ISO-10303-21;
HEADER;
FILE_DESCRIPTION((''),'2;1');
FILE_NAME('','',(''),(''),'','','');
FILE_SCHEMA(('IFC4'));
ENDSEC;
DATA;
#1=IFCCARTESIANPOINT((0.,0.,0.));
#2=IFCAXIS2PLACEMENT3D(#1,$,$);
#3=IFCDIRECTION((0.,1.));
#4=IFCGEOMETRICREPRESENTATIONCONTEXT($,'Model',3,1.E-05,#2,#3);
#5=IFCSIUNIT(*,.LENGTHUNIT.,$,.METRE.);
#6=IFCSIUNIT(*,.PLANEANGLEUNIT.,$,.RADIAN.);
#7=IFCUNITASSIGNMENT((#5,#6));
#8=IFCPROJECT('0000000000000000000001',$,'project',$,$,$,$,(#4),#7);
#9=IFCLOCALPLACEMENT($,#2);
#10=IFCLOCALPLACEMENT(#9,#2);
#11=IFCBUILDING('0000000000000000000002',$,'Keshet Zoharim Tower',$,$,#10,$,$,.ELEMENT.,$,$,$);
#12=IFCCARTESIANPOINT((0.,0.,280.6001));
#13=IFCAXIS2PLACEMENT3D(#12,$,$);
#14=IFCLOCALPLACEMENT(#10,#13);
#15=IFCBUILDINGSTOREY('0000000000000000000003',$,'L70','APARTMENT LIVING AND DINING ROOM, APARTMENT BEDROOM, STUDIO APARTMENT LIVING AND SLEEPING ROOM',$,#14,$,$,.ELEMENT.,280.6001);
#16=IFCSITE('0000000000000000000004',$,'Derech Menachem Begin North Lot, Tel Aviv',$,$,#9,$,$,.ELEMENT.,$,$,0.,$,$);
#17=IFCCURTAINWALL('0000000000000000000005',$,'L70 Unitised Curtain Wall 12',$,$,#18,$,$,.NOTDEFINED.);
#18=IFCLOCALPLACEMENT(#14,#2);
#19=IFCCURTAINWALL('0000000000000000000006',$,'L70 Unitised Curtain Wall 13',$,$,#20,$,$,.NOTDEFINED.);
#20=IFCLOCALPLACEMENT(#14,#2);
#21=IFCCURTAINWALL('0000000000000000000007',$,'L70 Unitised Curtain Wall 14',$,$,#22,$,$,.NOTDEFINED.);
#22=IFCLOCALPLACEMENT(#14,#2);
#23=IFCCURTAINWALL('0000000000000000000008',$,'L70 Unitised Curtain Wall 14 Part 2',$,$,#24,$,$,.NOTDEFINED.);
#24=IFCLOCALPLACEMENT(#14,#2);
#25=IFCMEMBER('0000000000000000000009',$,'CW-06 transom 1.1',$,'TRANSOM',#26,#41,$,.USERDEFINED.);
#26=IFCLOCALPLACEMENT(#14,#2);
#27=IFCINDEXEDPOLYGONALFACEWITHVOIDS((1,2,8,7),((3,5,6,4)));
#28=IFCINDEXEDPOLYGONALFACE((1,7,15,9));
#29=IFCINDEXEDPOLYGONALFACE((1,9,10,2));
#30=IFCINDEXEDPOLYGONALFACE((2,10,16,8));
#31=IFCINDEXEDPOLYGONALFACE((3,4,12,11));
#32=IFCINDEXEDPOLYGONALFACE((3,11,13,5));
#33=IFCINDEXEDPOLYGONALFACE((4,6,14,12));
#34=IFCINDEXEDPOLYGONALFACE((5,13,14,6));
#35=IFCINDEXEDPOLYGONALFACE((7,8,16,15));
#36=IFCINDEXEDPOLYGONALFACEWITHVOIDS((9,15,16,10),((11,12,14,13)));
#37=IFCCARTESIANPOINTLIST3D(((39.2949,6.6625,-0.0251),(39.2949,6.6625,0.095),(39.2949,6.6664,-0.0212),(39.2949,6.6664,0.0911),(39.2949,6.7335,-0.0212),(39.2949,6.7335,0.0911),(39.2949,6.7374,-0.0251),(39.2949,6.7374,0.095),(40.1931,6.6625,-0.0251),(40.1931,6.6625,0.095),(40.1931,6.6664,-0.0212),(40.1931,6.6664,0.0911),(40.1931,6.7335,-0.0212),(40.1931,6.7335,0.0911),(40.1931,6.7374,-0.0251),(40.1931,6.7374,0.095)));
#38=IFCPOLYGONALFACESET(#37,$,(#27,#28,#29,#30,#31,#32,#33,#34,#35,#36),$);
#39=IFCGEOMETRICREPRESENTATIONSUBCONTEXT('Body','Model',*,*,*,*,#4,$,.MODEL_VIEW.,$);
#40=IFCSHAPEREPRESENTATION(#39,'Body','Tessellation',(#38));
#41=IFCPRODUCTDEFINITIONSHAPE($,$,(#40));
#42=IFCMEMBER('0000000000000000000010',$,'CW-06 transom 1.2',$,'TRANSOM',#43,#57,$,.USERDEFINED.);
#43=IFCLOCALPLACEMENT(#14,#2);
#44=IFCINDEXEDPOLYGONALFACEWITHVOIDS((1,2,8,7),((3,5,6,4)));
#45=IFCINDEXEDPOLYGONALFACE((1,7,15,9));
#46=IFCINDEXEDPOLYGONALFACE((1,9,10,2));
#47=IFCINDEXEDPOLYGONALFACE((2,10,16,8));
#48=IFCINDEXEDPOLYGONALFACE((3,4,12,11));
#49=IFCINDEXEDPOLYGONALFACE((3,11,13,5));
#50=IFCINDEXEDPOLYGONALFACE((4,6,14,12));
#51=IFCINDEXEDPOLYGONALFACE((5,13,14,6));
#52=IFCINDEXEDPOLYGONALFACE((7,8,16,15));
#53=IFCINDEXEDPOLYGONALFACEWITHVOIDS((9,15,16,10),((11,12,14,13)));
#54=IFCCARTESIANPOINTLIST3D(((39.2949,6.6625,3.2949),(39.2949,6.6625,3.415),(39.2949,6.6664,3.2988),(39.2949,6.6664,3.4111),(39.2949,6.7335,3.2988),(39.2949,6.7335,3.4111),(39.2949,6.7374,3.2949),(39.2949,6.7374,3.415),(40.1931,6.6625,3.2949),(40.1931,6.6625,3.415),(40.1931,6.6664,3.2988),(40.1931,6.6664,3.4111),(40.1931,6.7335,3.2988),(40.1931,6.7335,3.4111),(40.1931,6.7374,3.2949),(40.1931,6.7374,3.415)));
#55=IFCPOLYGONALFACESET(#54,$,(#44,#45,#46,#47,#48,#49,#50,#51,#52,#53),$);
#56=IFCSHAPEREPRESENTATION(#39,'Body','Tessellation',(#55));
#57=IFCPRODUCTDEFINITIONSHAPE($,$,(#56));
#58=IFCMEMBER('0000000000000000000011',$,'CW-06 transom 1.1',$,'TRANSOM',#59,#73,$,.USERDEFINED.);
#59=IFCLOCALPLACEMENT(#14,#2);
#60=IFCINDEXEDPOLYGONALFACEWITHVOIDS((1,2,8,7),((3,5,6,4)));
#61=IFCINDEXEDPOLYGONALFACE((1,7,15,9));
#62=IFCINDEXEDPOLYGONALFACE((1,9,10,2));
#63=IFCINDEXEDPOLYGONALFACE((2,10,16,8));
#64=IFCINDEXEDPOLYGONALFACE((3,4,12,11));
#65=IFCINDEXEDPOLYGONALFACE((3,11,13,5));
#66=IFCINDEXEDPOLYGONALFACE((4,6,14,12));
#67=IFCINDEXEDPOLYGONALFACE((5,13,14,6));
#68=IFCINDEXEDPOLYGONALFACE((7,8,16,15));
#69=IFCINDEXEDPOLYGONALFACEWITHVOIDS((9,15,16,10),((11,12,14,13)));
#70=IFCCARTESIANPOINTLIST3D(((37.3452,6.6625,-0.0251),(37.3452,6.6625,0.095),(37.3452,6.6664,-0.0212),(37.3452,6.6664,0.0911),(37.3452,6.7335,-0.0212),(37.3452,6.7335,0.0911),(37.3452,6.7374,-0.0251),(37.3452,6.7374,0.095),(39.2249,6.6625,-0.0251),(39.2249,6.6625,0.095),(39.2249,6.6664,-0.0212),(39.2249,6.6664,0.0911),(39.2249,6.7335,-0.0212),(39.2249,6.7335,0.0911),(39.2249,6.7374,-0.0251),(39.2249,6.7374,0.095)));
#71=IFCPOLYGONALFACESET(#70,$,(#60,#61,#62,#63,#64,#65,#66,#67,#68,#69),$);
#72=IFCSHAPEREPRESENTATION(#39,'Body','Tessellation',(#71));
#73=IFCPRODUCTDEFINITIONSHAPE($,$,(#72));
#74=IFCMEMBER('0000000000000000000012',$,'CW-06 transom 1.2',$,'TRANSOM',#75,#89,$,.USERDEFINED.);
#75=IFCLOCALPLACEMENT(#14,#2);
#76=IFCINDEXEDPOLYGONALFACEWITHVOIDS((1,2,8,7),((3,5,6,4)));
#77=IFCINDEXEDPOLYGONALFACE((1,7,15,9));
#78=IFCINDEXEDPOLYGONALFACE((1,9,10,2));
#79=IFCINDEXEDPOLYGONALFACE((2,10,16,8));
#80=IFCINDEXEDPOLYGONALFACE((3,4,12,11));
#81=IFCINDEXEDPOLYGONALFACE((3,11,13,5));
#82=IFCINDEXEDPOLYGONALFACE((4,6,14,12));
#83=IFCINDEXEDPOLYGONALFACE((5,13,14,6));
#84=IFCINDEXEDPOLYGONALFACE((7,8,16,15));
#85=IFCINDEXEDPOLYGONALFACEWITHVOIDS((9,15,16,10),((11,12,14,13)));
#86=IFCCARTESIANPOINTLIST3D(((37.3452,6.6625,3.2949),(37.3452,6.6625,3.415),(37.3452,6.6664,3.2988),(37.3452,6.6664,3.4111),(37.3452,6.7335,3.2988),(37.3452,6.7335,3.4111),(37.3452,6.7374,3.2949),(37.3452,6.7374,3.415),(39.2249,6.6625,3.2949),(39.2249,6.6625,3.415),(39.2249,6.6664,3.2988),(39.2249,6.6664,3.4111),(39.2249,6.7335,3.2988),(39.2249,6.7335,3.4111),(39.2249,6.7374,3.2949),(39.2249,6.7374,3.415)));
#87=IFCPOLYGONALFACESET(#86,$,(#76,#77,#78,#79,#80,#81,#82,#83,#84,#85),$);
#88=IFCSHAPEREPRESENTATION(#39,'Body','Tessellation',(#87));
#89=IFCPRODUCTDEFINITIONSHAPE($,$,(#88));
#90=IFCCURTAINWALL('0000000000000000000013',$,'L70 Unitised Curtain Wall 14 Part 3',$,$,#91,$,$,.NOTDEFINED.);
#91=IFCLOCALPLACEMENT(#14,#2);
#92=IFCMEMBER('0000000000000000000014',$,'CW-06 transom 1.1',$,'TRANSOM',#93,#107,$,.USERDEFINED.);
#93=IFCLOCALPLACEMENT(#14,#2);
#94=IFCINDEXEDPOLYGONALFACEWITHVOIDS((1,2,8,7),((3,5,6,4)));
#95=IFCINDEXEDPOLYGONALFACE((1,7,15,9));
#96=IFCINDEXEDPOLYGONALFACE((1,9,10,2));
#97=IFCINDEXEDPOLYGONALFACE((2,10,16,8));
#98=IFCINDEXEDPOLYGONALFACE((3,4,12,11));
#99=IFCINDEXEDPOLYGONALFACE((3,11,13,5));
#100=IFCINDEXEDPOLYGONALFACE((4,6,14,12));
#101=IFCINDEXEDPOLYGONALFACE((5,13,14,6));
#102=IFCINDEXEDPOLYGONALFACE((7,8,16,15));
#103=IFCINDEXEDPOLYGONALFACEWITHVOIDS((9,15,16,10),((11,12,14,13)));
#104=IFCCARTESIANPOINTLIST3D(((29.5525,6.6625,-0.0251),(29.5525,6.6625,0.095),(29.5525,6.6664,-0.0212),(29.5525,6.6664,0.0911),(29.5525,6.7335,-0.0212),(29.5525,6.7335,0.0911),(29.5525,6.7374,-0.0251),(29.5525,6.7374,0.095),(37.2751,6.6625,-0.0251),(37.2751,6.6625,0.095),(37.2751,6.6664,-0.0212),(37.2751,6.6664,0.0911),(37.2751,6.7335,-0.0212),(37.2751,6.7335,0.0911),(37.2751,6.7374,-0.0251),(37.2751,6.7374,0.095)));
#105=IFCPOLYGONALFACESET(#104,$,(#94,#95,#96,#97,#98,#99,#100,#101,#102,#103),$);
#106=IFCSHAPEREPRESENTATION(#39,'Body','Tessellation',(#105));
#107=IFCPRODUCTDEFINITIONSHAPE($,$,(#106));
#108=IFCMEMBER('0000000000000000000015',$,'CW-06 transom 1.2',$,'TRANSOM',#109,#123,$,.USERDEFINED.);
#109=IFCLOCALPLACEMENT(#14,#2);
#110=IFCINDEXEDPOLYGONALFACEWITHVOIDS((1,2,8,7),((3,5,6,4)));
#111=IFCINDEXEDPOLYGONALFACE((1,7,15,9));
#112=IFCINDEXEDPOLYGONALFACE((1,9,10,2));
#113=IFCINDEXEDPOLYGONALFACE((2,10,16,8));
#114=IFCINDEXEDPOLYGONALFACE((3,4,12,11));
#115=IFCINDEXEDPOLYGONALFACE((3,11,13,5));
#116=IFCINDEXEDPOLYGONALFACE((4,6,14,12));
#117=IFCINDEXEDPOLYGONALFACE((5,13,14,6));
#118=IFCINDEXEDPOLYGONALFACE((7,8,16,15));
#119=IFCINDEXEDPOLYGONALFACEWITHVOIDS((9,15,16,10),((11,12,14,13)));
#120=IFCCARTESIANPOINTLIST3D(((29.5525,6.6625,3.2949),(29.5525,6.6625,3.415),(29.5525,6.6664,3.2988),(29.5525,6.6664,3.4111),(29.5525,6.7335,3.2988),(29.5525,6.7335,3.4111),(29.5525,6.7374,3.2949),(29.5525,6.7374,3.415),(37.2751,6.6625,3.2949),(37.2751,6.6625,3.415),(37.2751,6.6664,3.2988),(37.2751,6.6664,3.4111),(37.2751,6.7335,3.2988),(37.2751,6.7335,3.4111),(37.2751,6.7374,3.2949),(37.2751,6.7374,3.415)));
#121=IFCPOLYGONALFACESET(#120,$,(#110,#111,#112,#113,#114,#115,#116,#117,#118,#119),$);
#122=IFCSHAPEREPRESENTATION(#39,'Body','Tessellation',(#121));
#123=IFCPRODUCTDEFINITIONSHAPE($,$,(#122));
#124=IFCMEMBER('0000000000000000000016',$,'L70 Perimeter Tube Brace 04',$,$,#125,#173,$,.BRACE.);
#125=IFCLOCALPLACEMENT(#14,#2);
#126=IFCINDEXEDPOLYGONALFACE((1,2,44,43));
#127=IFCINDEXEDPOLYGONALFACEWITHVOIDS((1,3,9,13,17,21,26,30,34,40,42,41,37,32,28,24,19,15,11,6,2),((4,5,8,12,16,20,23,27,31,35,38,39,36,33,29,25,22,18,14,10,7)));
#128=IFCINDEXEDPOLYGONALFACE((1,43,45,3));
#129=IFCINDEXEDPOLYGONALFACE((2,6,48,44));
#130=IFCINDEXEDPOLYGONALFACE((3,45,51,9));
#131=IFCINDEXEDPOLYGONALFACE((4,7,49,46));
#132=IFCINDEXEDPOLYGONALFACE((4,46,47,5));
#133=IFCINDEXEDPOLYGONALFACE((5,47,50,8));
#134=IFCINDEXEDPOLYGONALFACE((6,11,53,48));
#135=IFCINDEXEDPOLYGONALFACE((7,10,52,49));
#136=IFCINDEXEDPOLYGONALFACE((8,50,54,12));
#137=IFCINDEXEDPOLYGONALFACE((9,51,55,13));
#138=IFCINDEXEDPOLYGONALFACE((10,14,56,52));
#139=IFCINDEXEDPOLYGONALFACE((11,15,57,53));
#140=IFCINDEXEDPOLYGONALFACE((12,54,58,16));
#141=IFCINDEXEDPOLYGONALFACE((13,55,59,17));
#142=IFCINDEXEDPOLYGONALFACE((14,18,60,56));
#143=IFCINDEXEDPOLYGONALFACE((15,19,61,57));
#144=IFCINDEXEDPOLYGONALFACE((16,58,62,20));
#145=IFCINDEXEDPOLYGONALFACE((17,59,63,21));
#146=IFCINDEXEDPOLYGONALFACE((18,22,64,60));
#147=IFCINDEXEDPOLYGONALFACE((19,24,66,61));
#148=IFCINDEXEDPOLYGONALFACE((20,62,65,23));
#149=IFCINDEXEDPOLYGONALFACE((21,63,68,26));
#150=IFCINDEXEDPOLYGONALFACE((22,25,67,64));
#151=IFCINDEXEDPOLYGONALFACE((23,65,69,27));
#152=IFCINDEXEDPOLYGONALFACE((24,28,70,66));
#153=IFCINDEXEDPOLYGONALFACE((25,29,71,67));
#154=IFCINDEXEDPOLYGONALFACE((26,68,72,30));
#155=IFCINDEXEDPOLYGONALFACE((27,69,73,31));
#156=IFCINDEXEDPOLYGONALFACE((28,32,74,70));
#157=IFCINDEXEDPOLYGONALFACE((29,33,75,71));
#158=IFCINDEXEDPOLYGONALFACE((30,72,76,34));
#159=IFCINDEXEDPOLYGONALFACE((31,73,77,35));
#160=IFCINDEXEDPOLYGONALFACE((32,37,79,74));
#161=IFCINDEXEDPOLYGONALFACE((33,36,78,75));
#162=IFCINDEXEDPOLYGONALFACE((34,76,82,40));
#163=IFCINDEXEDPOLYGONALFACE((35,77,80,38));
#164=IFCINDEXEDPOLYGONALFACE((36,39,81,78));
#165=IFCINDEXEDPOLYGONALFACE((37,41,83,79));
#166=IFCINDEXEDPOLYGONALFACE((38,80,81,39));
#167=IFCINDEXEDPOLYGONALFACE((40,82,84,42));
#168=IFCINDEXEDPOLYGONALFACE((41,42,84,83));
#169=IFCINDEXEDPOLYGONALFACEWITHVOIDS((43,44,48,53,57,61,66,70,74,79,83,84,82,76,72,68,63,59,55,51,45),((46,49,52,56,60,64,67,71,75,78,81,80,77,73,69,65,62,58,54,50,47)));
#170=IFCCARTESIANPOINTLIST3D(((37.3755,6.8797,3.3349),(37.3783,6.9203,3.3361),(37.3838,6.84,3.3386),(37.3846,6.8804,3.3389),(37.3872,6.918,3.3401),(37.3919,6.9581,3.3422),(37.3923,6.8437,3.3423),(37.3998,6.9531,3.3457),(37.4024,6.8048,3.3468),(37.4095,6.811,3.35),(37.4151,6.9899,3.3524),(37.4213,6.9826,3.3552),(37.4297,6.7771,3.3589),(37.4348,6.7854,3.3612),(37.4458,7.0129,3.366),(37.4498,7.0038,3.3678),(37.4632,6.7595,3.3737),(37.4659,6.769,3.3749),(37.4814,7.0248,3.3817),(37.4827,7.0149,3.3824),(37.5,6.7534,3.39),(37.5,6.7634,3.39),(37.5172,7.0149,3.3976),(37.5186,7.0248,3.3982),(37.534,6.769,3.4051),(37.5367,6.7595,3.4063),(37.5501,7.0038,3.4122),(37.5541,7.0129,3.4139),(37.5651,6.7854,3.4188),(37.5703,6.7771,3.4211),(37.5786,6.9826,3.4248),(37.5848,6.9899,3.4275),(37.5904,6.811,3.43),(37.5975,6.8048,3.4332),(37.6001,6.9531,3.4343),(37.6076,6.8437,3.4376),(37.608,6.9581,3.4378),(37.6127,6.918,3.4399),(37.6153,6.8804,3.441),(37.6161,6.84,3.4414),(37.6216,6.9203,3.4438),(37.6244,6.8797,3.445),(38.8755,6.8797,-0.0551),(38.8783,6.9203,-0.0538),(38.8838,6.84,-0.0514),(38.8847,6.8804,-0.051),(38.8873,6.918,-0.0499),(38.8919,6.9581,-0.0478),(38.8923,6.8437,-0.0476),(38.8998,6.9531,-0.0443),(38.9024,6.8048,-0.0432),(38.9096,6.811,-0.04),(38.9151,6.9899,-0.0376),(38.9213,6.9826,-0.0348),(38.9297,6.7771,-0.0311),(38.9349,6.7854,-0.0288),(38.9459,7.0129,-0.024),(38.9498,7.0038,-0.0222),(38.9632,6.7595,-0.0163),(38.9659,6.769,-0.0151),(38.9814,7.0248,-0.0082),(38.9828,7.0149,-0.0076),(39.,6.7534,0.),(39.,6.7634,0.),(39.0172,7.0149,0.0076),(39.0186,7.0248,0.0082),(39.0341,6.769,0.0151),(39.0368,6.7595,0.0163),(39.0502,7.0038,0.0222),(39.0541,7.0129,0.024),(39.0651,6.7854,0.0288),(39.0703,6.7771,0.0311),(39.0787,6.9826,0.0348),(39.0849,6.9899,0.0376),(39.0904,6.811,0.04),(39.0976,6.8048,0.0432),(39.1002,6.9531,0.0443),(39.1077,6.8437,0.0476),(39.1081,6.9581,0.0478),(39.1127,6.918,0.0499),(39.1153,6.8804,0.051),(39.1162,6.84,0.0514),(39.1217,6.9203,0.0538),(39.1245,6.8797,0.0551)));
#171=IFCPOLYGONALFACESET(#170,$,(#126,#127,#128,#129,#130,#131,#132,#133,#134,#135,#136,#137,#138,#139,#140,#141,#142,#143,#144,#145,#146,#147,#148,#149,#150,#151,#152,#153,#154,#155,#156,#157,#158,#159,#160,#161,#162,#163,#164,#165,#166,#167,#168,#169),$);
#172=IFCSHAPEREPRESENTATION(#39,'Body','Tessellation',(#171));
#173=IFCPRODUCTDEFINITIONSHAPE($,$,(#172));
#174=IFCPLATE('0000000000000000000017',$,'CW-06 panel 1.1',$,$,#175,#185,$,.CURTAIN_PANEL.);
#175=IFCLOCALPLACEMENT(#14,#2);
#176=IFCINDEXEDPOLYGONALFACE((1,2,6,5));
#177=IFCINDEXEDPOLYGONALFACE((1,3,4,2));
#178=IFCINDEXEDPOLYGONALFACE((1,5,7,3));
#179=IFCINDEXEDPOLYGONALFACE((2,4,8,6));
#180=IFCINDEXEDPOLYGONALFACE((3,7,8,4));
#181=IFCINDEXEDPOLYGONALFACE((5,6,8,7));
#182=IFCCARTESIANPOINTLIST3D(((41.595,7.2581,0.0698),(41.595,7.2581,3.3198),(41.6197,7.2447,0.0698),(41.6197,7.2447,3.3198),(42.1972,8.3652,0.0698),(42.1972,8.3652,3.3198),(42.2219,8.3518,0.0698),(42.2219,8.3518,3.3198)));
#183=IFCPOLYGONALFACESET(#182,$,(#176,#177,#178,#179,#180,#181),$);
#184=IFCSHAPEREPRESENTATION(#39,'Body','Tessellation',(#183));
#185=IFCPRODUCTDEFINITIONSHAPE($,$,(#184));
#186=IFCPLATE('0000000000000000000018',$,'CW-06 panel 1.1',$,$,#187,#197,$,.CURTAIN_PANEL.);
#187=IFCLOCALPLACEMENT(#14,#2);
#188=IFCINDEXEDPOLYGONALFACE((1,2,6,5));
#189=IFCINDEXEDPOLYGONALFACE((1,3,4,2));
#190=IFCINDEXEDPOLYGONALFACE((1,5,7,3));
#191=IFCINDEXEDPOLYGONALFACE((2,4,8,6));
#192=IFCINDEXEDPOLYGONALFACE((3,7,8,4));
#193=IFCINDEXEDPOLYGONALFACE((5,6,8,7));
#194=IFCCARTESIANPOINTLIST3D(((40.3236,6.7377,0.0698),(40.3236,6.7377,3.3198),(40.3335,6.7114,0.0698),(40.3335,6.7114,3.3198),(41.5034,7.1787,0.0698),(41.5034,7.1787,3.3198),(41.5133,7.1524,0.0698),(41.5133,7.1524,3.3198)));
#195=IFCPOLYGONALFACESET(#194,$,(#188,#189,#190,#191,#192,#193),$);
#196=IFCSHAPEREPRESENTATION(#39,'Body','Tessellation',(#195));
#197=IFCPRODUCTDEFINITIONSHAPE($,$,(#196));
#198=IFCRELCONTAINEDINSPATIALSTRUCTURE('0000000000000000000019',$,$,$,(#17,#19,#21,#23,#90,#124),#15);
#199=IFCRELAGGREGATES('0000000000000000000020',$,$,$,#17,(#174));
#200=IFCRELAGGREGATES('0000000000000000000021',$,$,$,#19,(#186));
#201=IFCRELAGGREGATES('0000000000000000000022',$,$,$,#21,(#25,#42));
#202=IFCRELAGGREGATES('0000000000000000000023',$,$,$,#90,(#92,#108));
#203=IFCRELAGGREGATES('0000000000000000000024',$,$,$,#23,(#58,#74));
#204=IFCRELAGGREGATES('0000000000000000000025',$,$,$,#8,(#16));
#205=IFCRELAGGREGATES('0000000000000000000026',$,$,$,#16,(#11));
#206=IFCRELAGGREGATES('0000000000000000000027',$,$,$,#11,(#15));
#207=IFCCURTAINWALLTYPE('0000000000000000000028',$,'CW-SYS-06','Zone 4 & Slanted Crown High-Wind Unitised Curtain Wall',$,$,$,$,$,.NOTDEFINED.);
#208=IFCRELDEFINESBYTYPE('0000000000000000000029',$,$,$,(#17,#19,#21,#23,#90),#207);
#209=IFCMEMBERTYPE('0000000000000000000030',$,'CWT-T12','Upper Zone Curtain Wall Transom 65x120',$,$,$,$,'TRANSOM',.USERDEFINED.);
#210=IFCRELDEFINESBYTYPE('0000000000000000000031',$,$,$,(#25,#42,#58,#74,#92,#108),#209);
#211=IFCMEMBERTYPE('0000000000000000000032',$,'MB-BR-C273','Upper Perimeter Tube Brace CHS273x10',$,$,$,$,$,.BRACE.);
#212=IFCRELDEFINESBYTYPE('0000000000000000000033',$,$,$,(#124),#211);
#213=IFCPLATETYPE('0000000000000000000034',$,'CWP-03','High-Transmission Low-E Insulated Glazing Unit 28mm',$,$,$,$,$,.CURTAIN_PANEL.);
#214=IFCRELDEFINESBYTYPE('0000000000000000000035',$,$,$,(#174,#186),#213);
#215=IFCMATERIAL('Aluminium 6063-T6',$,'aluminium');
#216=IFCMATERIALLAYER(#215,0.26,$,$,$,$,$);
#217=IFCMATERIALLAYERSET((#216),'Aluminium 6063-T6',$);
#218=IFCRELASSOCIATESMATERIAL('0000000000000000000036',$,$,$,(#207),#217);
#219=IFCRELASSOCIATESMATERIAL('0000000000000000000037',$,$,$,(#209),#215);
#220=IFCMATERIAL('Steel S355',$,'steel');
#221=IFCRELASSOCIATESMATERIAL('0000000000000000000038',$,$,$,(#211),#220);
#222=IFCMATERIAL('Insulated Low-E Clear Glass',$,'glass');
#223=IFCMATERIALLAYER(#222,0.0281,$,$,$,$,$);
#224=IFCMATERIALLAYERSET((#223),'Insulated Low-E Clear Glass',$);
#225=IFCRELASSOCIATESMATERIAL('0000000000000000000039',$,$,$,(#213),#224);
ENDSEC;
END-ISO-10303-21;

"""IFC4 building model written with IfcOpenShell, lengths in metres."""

from ifc_helpers import new_model, si_unit, direction, frame, origin, origin_2d, place, context, subcontext, project, spatial, rectangle, hollow_rectangle, hollow_circle, extrude, material, layer, layer_set, material_profile, profile_set, type_object, element, aggregate, save


model = new_model("IFC4")

# Units and contexts
model_context = context("Model", 3, precision=1e-05, world=origin(), true_north=direction((0.0, 1.0)))
body_context = subcontext(model_context, "Body", "Model", "MODEL_VIEW")
ifc_project = project(units=[si_unit("LENGTHUNIT", "METRE"), si_unit("PLANEANGLEUNIT", "RADIAN")], contexts=[model_context])

# Site, building, storey
site_placement = place(None, origin())
site = spatial("IfcSite", under=ifc_project, at=site_placement, Name="Derech Menachem Begin North Lot, Tel Aviv", CompositionType="ELEMENT", RefElevation=0.0)
building_placement = place(site_placement, origin())
building = spatial("IfcBuilding", under=site, at=building_placement, Name="Keshet Zoharim Tower", CompositionType="ELEMENT")
storey_placement = place(building_placement, frame((0.0, 0.0, 280.6001)))
storey = spatial("IfcBuildingStorey", under=building, at=storey_placement, Name="L70", Description="APARTMENT LIVING AND DINING ROOM, APARTMENT BEDROOM, STUDIO APARTMENT LIVING AND SLEEPING ROOM", CompositionType="ELEMENT", Elevation=280.6001)

# Shared definitions
ifc_material_1 = material(Name="Steel S355", Category="steel")

# Curtain wall
ifc_material_2 = material(Name="Aluminium 6063-T6", Category="aluminium")
ifc_layer_1 = layer(ifc_material_2, 0.26)
ifc_layer_set_1 = layer_set([ifc_layer_1], Name="Aluminium 6063-T6")
curtain_wall_type = type_object("IfcCurtainWallType", Name="CW-SYS-06", Description="Zone 4 & Slanted Crown High-Wind Unitised Curtain Wall", PredefinedType="NOTDEFINED", material=ifc_layer_set_1)
curtain_wall_1_placement = place(storey_placement, origin())
curtain_wall_1 = element("IfcCurtainWall", 1, at=curtain_wall_1_placement, inside=storey, type_object=curtain_wall_type, Name="L70 Unitised Curtain Wall 12", PredefinedType="NOTDEFINED")

# Curtain walls
curtain_wall_2_placement = place(storey_placement, origin())
curtain_wall_2 = element("IfcCurtainWall", 2, at=curtain_wall_2_placement, inside=storey, type_object=curtain_wall_type, Name="L70 Unitised Curtain Wall 13", PredefinedType="NOTDEFINED")
curtain_wall_3_placement = place(storey_placement, origin())
curtain_wall_3 = element("IfcCurtainWall", 3, at=curtain_wall_3_placement, inside=storey, type_object=curtain_wall_type, Name="L70 Unitised Curtain Wall 14", PredefinedType="NOTDEFINED")

# Curtain wall
curtain_wall_4_placement = place(storey_placement, origin())
curtain_wall_4 = element("IfcCurtainWall", 4, at=curtain_wall_4_placement, inside=storey, type_object=curtain_wall_type, Name="L70 Unitised Curtain Wall 14 Part 2", PredefinedType="NOTDEFINED")

# Members
ifc_material_profile_1 = material_profile(ifc_material_2, hollow_rectangle(XDim=0.075, YDim=0.1201, WallThickness=0.0039, at=origin_2d()), Name="TRN-75x120")
ifc_profile_set_1 = profile_set([ifc_material_profile_1], Name="Aluminium 6063-T6")
member_type_1 = type_object("IfcMemberType", Name="CWT-T12", Description="Upper Zone Curtain Wall Transom 65x120", ElementType="TRANSOM", PredefinedType="USERDEFINED", material=ifc_profile_set_1)
member_1_placement = place(storey_placement, frame((40.1931, 6.7, 0.0349), z_axis=(-1.0, 0.0, 0.0), x_axis=(0.0, -1.0, 0.0)))
member_1 = element("IfcMember", 5, at=member_1_placement, type_object=member_type_1, Name="CW-06 transom 1.1", ObjectType="TRANSOM", PredefinedType="USERDEFINED", context=body_context, shape_type="SweptSolid", body=[
    extrude(hollow_rectangle(XDim=0.075, YDim=0.1201, WallThickness=0.0039, at=origin_2d()), origin(), (0.0, 0.0, 1.0), 0.8982),
])
member_2_placement = place(storey_placement, frame((40.1931, 6.7, 3.355), z_axis=(-1.0, 0.0, 0.0), x_axis=(0.0, -1.0, 0.0)))
member_2 = element("IfcMember", 6, at=member_2_placement, type_object=member_type_1, Name="CW-06 transom 1.2", ObjectType="TRANSOM", PredefinedType="USERDEFINED", context=body_context, shape_type="SweptSolid", body=[
    extrude(hollow_rectangle(XDim=0.075, YDim=0.1201, WallThickness=0.0039, at=origin_2d()), origin(), (0.0, 0.0, 1.0), 0.8982),
])
member_3_placement = place(storey_placement, frame((39.2249, 6.7, 0.0349), z_axis=(-1.0, 0.0, 0.0), x_axis=(0.0, -1.0, 0.0)))
member_3 = element("IfcMember", 7, at=member_3_placement, type_object=member_type_1, Name="CW-06 transom 1.1", ObjectType="TRANSOM", PredefinedType="USERDEFINED", context=body_context, shape_type="SweptSolid", body=[
    extrude(hollow_rectangle(XDim=0.075, YDim=0.1201, WallThickness=0.0039, at=origin_2d()), origin(), (0.0, 0.0, 1.0), 1.8796),
])
member_4_placement = place(storey_placement, frame((39.2249, 6.7, 3.355), z_axis=(-1.0, 0.0, 0.0), x_axis=(0.0, -1.0, 0.0)))
member_4 = element("IfcMember", 8, at=member_4_placement, type_object=member_type_1, Name="CW-06 transom 1.2", ObjectType="TRANSOM", PredefinedType="USERDEFINED", context=body_context, shape_type="SweptSolid", body=[
    extrude(hollow_rectangle(XDim=0.075, YDim=0.1201, WallThickness=0.0039, at=origin_2d()), origin(), (0.0, 0.0, 1.0), 1.8796),
])

# Curtain wall, members
curtain_wall_5_placement = place(storey_placement, origin())
curtain_wall_5 = element("IfcCurtainWall", 9, at=curtain_wall_5_placement, inside=storey, type_object=curtain_wall_type, Name="L70 Unitised Curtain Wall 14 Part 3", PredefinedType="NOTDEFINED")
member_5_placement = place(storey_placement, frame((37.2751, 6.7, 0.0349), z_axis=(-1.0, 0.0, 0.0), x_axis=(0.0, -1.0, 0.0)))
member_5 = element("IfcMember", 10, at=member_5_placement, type_object=member_type_1, Name="CW-06 transom 1.1", ObjectType="TRANSOM", PredefinedType="USERDEFINED", context=body_context, shape_type="SweptSolid", body=[
    extrude(hollow_rectangle(XDim=0.075, YDim=0.1201, WallThickness=0.0039, at=origin_2d()), origin(), (0.0, 0.0, 1.0), 7.7227),
])
member_6_placement = place(storey_placement, frame((37.2751, 6.7, 3.355), z_axis=(-1.0, 0.0, 0.0), x_axis=(0.0, -1.0, 0.0)))
member_6 = element("IfcMember", 11, at=member_6_placement, type_object=member_type_1, Name="CW-06 transom 1.2", ObjectType="TRANSOM", PredefinedType="USERDEFINED", context=body_context, shape_type="SweptSolid", body=[
    extrude(hollow_rectangle(XDim=0.075, YDim=0.1201, WallThickness=0.0039, at=origin_2d()), origin(), (0.0, 0.0, 1.0), 7.7227),
])

# Member
ifc_material_profile_2 = material_profile(ifc_material_1, hollow_circle(Radius=0.1365, WallThickness=0.01, at=origin_2d()), Name="CHS273x10")
ifc_profile_set_2 = profile_set([ifc_material_profile_2], Name="Steel S355")
member_type_2 = type_object("IfcMemberType", Name="MB-BR-C273", Description="Upper Perimeter Tube Brace CHS273x10", PredefinedType="BRACE", material=ifc_profile_set_2)
member_7_placement = place(storey_placement, frame((39.0, 6.8899, 0.0), z_axis=(-0.404647, 0.0, 0.914473), x_axis=(0.0, -1.0, 0.0)))
element("IfcMember", 12, at=member_7_placement, inside=storey, type_object=member_type_2, Name="L70 Perimeter Tube Brace 04", PredefinedType="BRACE", context=body_context, shape_type="SweptSolid", body=[
    extrude(hollow_circle(Radius=0.1365, WallThickness=0.01, at=origin_2d()), origin(), (0.0, 0.0, 1.0), 3.707),
])

# Plates
ifc_material_3 = material(Name="Insulated Low-E Clear Glass", Category="glass")
ifc_layer_2 = layer(ifc_material_3, 0.0281)
ifc_layer_set_2 = layer_set([ifc_layer_2], Name="Insulated Low-E Clear Glass")
plate_type_1 = type_object("IfcPlateType", Name="CWP-03", Description="High-Transmission Low-E Insulated Glazing Unit 28mm", PredefinedType="CURTAIN_PANEL", material=ifc_layer_set_2)
plate_1_placement = place(storey_placement, frame((41.9084, 7.8049, 0.0698), z_axis=(0.0, 0.0, 1.0), x_axis=(-0.477801, -0.878468, 0.0)))
plate_1 = element("IfcPlate", 13, at=plate_1_placement, type_object=plate_type_1, Name="CW-06 panel 1.1", PredefinedType="CURTAIN_PANEL", context=body_context, shape_type="SweptSolid", body=[
    extrude(rectangle(XDim=1.2603, YDim=0.0281, at=origin_2d()), origin(), (0.0, 0.0, 1.0), 3.25),
])
aggregate(curtain_wall_1, [plate_1])
plate_2_placement = place(storey_placement, frame((40.9185, 6.9451, 0.0698), z_axis=(0.0, 0.0, 1.0), x_axis=(-0.93671, -0.350105, 0.0)))
plate_2 = element("IfcPlate", 14, at=plate_2_placement, type_object=plate_type_1, Name="CW-06 panel 1.1", PredefinedType="CURTAIN_PANEL", context=body_context, shape_type="SweptSolid", body=[
    extrude(rectangle(XDim=1.2595, YDim=0.0281, at=origin_2d()), origin(), (0.0, 0.0, 1.0), 3.25),
])
aggregate(curtain_wall_2, [plate_2])
aggregate(curtain_wall_3, [member_1, member_2])
aggregate(curtain_wall_5, [member_5, member_6])
aggregate(curtain_wall_4, [member_3, member_4])

save(model, "model.ifc")
